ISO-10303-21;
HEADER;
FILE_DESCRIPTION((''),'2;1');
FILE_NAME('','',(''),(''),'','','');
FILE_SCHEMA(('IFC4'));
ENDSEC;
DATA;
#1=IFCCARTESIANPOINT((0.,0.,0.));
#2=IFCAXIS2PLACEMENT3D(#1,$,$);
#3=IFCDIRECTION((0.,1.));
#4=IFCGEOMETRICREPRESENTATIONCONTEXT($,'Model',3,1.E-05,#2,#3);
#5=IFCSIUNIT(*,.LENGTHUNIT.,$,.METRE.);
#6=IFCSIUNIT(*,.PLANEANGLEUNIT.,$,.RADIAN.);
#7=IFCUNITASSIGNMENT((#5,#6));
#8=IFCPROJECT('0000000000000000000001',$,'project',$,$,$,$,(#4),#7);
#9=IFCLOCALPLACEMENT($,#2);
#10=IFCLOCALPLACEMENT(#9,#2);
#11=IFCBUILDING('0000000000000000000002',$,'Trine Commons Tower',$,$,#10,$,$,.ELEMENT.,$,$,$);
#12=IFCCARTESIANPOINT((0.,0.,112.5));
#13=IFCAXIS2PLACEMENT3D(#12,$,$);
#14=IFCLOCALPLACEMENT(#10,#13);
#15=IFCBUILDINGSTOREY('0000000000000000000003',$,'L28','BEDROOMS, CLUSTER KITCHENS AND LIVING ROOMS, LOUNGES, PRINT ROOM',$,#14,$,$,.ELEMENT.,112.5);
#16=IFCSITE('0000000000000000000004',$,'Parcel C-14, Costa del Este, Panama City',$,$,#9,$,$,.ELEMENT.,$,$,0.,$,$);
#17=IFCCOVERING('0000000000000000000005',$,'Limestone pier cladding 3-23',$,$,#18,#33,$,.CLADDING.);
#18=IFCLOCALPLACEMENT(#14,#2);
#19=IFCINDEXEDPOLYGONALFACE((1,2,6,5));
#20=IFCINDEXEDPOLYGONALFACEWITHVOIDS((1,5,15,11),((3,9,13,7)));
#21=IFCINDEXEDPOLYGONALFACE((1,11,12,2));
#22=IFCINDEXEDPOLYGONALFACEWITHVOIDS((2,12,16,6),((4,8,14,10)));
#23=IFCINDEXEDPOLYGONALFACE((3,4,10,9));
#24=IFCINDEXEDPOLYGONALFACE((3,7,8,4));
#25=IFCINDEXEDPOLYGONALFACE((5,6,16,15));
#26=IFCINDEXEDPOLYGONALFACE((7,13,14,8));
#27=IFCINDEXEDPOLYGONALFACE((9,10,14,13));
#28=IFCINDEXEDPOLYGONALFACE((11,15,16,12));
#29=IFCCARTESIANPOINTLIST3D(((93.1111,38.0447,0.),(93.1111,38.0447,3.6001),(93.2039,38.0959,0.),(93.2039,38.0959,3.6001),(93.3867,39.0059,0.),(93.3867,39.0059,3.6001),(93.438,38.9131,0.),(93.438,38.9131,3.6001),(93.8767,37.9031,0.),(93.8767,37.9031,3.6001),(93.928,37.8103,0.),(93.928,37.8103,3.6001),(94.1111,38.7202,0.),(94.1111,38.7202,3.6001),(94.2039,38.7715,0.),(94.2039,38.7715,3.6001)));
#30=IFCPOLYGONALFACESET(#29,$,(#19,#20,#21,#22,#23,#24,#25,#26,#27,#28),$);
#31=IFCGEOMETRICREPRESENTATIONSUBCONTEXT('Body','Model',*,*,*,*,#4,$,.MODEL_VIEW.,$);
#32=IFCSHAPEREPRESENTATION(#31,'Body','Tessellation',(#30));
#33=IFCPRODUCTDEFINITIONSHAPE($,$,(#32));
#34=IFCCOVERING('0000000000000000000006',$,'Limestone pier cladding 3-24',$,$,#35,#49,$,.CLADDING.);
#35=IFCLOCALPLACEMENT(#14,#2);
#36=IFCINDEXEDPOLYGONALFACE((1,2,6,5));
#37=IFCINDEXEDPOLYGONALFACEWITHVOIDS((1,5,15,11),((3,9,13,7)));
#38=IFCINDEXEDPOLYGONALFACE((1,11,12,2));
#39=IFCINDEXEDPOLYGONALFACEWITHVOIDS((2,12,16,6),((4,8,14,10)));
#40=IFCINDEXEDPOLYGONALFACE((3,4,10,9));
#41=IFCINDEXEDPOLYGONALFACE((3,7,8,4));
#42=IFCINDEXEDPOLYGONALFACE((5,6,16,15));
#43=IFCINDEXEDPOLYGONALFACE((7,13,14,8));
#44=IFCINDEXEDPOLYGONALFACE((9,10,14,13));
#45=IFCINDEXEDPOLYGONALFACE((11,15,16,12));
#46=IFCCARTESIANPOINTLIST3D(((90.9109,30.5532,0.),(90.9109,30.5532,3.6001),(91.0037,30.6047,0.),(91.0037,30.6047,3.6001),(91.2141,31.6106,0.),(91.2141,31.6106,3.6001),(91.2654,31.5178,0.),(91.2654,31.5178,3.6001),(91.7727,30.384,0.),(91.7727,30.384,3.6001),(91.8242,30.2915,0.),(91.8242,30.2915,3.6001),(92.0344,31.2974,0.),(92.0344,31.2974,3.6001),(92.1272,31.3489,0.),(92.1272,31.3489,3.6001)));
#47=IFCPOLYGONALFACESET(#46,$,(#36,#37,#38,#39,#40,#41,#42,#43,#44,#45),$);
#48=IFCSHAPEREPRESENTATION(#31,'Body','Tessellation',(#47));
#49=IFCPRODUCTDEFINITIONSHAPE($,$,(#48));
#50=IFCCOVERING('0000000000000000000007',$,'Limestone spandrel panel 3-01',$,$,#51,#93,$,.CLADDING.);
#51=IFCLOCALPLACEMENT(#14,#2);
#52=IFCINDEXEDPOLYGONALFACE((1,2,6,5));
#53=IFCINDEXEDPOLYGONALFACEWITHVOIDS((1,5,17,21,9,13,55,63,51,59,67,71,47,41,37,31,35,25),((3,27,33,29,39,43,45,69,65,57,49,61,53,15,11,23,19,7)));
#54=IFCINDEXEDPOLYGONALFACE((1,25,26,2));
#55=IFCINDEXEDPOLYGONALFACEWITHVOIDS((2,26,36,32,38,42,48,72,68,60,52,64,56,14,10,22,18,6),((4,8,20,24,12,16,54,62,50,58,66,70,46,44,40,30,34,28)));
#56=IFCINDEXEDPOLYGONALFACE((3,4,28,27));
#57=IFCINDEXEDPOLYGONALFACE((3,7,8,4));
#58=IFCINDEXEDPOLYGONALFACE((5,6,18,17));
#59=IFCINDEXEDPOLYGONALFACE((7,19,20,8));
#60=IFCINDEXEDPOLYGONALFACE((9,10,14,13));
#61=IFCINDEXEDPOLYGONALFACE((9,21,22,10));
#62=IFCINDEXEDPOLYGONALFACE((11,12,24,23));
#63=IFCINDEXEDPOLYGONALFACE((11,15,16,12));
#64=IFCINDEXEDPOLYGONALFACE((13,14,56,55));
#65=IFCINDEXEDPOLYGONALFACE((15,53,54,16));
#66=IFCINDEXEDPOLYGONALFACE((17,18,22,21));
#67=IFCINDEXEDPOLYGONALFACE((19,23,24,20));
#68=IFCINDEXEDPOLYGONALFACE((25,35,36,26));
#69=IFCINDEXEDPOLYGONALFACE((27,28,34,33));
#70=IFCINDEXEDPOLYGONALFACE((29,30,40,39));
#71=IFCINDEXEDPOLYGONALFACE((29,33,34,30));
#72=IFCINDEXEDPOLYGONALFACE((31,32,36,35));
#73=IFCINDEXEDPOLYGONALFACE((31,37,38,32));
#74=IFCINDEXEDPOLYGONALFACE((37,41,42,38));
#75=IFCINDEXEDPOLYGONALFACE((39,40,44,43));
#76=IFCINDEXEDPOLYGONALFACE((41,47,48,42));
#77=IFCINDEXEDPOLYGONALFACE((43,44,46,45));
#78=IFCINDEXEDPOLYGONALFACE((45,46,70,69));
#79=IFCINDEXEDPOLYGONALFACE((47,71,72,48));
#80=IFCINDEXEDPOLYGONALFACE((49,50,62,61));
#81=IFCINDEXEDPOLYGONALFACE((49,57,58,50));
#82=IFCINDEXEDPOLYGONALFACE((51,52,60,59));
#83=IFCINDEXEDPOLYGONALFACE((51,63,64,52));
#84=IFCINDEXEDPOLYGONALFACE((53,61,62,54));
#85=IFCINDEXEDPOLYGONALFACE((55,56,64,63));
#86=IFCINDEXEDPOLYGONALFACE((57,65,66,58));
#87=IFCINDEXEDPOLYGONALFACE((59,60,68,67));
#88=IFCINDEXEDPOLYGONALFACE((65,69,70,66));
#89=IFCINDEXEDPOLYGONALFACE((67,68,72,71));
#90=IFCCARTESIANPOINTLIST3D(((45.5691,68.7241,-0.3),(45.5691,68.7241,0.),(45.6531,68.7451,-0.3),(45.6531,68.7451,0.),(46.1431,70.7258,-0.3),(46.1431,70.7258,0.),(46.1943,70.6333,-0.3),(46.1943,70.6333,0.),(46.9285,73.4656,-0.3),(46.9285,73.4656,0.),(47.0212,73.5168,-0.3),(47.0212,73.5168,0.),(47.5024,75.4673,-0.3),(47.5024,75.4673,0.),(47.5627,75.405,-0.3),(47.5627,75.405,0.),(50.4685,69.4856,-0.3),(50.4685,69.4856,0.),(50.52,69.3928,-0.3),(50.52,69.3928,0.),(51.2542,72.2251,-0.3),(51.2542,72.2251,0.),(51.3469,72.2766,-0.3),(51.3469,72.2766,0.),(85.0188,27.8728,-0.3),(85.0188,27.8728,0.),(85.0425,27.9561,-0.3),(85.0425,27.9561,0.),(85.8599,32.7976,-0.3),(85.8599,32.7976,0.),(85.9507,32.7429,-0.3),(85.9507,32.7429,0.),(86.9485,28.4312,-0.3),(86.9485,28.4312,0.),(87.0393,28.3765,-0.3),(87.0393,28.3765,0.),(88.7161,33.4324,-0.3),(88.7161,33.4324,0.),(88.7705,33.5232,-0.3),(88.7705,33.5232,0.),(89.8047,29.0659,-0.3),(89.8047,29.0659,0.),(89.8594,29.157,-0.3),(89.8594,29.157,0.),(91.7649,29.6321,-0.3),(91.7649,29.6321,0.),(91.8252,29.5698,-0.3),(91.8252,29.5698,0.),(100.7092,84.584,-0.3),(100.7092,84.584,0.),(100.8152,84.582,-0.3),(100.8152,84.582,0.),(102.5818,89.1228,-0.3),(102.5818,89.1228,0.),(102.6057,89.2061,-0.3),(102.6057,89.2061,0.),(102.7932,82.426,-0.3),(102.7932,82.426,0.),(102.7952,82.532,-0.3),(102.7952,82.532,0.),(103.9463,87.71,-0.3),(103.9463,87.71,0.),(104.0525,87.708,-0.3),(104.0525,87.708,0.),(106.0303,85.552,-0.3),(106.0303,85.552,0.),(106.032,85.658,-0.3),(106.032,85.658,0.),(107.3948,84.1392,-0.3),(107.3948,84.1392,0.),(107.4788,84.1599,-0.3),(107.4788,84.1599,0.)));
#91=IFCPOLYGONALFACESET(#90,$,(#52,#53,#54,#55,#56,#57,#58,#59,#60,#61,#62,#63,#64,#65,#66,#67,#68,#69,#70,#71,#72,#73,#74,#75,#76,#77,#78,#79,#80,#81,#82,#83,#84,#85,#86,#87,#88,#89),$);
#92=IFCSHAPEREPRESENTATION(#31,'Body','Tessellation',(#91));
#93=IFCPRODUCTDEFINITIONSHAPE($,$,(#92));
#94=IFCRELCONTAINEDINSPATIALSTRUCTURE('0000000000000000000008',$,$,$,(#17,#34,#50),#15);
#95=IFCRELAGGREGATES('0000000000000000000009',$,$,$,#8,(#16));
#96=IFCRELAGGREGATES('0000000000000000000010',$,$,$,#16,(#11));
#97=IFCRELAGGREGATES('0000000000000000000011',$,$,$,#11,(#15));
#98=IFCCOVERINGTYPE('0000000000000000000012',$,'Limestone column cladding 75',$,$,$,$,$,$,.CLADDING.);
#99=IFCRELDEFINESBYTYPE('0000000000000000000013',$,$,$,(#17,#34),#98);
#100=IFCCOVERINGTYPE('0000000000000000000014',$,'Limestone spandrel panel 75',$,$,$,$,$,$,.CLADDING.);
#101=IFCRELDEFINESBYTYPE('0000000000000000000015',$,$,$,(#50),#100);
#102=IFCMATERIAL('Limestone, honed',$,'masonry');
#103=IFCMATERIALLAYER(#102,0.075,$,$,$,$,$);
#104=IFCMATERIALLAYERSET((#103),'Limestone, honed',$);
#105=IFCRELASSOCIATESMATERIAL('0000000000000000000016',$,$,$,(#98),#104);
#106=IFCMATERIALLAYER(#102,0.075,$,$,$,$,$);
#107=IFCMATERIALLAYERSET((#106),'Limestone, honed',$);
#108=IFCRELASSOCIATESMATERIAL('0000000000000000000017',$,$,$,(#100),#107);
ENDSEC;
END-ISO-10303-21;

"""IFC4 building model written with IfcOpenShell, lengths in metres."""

from ifc_helpers import new_model, si_unit, direction, frame, origin, place, context, subcontext, project, spatial, polyline, outline, extrude, material, layer, layer_set, type_object, element, save


model = new_model("IFC4")

# Units and contexts
model_context = context("Model", 3, precision=1e-05, world=origin(), true_north=direction((0.0, 1.0)))
body_context = subcontext(model_context, "Body", "Model", "MODEL_VIEW")
ifc_project = project(units=[si_unit("LENGTHUNIT", "METRE"), si_unit("PLANEANGLEUNIT", "RADIAN")], contexts=[model_context])

# Site, building, storey
site_placement = place(None, origin())
site = spatial("IfcSite", under=ifc_project, at=site_placement, Name="Parcel C-14, Costa del Este, Panama City", CompositionType="ELEMENT", RefElevation=0.0)
building_placement = place(site_placement, origin())
building = spatial("IfcBuilding", under=site, at=building_placement, Name="Trine Commons Tower", CompositionType="ELEMENT")
storey_placement = place(building_placement, frame((0.0, 0.0, 112.5)))
storey = spatial("IfcBuildingStorey", under=building, at=storey_placement, Name="L28", Description="BEDROOMS, CLUSTER KITCHENS AND LIVING ROOMS, LOUNGES, PRINT ROOM", CompositionType="ELEMENT", Elevation=112.5)

# Coverings
ifc_material_1 = material(Name="Limestone, honed", Category="masonry")
ifc_layer_1 = layer(ifc_material_1, 0.075)
ifc_layer_set_1 = layer_set([ifc_layer_1], Name="Limestone, honed")
covering_type_1 = type_object("IfcCoveringType", Name="Limestone column cladding 75", PredefinedType="CLADDING", material=ifc_layer_set_1)
covering_1_placement = place(storey_placement, origin())
element("IfcCovering", 1, at=covering_1_placement, inside=storey, type_object=covering_type_1, Name="Limestone pier cladding 3-23", PredefinedType="CLADDING", context=body_context, shape_type="SweptSolid", body=[
    extrude(outline(polyline([(94.2039, 38.7715), (93.3867, 39.0059), (93.1111, 38.0447), (93.928, 37.8103), (94.2039, 38.7715)]), holes=[polyline([(94.1111, 38.7202), (93.438, 38.9131), (93.2039, 38.0959), (93.8767, 37.9031), (94.1111, 38.7202)])]), origin(), (0.0, 0.0, 1.0), 3.6001),
])
covering_2_placement = place(storey_placement, origin())
element("IfcCovering", 2, at=covering_2_placement, inside=storey, type_object=covering_type_1, Name="Limestone pier cladding 3-24", PredefinedType="CLADDING", context=body_context, shape_type="SweptSolid", body=[
    extrude(outline(polyline([(92.1272, 31.3489), (91.2141, 31.6106), (90.9109, 30.5532), (91.8242, 30.2915), (92.1272, 31.3489)]), holes=[polyline([(92.0344, 31.2974), (91.2654, 31.5178), (91.0037, 30.6047), (91.7727, 30.384), (92.0344, 31.2974)])]), origin(), (0.0, 0.0, 1.0), 3.6001),
])
ifc_layer_2 = layer(ifc_material_1, 0.075)
ifc_layer_set_2 = layer_set([ifc_layer_2], Name="Limestone, honed")
covering_type_2 = type_object("IfcCoveringType", Name="Limestone spandrel panel 75", PredefinedType="CLADDING", material=ifc_layer_set_2)
covering_3_placement = place(storey_placement, frame((0.0, 0.0, -0.3)))
element("IfcCovering", 3, at=covering_3_placement, inside=storey, type_object=covering_type_2, Name="Limestone spandrel panel 3-01", PredefinedType="CLADDING", context=body_context, shape_type="SweptSolid", body=[
    extrude(outline(polyline([(88.7161, 33.4324), (89.8047, 29.0659), (91.8252, 29.5698), (107.4788, 84.1599), (106.032, 85.658), (102.7952, 82.532), (100.8152, 84.582), (104.0525, 87.708), (102.6057, 89.2061), (47.5024, 75.4673), (46.9285, 73.4656), (51.2542, 72.2251), (50.4685, 69.4856), (46.1431, 70.7258), (45.5691, 68.7241), (85.0188, 27.8728), (87.0393, 28.3765), (85.9507, 32.7429), (88.7161, 33.4324)]), holes=[polyline([(106.0303, 85.552), (107.3948, 84.1392), (91.7649, 29.6321), (89.8594, 29.157), (88.7705, 33.5232), (85.8599, 32.7976), (86.9485, 28.4312), (85.0425, 27.9561), (45.6531, 68.7451), (46.1943, 70.6333), (50.52, 69.3928), (51.3469, 72.2766), (47.0212, 73.5168), (47.5627, 75.405), (102.5818, 89.1228), (103.9463, 87.71), (100.7092, 84.584), (102.7932, 82.426), (106.0303, 85.552)])]), origin(), (0.0, 0.0, 1.0), 0.3),
])

save(model, "model.ifc")
